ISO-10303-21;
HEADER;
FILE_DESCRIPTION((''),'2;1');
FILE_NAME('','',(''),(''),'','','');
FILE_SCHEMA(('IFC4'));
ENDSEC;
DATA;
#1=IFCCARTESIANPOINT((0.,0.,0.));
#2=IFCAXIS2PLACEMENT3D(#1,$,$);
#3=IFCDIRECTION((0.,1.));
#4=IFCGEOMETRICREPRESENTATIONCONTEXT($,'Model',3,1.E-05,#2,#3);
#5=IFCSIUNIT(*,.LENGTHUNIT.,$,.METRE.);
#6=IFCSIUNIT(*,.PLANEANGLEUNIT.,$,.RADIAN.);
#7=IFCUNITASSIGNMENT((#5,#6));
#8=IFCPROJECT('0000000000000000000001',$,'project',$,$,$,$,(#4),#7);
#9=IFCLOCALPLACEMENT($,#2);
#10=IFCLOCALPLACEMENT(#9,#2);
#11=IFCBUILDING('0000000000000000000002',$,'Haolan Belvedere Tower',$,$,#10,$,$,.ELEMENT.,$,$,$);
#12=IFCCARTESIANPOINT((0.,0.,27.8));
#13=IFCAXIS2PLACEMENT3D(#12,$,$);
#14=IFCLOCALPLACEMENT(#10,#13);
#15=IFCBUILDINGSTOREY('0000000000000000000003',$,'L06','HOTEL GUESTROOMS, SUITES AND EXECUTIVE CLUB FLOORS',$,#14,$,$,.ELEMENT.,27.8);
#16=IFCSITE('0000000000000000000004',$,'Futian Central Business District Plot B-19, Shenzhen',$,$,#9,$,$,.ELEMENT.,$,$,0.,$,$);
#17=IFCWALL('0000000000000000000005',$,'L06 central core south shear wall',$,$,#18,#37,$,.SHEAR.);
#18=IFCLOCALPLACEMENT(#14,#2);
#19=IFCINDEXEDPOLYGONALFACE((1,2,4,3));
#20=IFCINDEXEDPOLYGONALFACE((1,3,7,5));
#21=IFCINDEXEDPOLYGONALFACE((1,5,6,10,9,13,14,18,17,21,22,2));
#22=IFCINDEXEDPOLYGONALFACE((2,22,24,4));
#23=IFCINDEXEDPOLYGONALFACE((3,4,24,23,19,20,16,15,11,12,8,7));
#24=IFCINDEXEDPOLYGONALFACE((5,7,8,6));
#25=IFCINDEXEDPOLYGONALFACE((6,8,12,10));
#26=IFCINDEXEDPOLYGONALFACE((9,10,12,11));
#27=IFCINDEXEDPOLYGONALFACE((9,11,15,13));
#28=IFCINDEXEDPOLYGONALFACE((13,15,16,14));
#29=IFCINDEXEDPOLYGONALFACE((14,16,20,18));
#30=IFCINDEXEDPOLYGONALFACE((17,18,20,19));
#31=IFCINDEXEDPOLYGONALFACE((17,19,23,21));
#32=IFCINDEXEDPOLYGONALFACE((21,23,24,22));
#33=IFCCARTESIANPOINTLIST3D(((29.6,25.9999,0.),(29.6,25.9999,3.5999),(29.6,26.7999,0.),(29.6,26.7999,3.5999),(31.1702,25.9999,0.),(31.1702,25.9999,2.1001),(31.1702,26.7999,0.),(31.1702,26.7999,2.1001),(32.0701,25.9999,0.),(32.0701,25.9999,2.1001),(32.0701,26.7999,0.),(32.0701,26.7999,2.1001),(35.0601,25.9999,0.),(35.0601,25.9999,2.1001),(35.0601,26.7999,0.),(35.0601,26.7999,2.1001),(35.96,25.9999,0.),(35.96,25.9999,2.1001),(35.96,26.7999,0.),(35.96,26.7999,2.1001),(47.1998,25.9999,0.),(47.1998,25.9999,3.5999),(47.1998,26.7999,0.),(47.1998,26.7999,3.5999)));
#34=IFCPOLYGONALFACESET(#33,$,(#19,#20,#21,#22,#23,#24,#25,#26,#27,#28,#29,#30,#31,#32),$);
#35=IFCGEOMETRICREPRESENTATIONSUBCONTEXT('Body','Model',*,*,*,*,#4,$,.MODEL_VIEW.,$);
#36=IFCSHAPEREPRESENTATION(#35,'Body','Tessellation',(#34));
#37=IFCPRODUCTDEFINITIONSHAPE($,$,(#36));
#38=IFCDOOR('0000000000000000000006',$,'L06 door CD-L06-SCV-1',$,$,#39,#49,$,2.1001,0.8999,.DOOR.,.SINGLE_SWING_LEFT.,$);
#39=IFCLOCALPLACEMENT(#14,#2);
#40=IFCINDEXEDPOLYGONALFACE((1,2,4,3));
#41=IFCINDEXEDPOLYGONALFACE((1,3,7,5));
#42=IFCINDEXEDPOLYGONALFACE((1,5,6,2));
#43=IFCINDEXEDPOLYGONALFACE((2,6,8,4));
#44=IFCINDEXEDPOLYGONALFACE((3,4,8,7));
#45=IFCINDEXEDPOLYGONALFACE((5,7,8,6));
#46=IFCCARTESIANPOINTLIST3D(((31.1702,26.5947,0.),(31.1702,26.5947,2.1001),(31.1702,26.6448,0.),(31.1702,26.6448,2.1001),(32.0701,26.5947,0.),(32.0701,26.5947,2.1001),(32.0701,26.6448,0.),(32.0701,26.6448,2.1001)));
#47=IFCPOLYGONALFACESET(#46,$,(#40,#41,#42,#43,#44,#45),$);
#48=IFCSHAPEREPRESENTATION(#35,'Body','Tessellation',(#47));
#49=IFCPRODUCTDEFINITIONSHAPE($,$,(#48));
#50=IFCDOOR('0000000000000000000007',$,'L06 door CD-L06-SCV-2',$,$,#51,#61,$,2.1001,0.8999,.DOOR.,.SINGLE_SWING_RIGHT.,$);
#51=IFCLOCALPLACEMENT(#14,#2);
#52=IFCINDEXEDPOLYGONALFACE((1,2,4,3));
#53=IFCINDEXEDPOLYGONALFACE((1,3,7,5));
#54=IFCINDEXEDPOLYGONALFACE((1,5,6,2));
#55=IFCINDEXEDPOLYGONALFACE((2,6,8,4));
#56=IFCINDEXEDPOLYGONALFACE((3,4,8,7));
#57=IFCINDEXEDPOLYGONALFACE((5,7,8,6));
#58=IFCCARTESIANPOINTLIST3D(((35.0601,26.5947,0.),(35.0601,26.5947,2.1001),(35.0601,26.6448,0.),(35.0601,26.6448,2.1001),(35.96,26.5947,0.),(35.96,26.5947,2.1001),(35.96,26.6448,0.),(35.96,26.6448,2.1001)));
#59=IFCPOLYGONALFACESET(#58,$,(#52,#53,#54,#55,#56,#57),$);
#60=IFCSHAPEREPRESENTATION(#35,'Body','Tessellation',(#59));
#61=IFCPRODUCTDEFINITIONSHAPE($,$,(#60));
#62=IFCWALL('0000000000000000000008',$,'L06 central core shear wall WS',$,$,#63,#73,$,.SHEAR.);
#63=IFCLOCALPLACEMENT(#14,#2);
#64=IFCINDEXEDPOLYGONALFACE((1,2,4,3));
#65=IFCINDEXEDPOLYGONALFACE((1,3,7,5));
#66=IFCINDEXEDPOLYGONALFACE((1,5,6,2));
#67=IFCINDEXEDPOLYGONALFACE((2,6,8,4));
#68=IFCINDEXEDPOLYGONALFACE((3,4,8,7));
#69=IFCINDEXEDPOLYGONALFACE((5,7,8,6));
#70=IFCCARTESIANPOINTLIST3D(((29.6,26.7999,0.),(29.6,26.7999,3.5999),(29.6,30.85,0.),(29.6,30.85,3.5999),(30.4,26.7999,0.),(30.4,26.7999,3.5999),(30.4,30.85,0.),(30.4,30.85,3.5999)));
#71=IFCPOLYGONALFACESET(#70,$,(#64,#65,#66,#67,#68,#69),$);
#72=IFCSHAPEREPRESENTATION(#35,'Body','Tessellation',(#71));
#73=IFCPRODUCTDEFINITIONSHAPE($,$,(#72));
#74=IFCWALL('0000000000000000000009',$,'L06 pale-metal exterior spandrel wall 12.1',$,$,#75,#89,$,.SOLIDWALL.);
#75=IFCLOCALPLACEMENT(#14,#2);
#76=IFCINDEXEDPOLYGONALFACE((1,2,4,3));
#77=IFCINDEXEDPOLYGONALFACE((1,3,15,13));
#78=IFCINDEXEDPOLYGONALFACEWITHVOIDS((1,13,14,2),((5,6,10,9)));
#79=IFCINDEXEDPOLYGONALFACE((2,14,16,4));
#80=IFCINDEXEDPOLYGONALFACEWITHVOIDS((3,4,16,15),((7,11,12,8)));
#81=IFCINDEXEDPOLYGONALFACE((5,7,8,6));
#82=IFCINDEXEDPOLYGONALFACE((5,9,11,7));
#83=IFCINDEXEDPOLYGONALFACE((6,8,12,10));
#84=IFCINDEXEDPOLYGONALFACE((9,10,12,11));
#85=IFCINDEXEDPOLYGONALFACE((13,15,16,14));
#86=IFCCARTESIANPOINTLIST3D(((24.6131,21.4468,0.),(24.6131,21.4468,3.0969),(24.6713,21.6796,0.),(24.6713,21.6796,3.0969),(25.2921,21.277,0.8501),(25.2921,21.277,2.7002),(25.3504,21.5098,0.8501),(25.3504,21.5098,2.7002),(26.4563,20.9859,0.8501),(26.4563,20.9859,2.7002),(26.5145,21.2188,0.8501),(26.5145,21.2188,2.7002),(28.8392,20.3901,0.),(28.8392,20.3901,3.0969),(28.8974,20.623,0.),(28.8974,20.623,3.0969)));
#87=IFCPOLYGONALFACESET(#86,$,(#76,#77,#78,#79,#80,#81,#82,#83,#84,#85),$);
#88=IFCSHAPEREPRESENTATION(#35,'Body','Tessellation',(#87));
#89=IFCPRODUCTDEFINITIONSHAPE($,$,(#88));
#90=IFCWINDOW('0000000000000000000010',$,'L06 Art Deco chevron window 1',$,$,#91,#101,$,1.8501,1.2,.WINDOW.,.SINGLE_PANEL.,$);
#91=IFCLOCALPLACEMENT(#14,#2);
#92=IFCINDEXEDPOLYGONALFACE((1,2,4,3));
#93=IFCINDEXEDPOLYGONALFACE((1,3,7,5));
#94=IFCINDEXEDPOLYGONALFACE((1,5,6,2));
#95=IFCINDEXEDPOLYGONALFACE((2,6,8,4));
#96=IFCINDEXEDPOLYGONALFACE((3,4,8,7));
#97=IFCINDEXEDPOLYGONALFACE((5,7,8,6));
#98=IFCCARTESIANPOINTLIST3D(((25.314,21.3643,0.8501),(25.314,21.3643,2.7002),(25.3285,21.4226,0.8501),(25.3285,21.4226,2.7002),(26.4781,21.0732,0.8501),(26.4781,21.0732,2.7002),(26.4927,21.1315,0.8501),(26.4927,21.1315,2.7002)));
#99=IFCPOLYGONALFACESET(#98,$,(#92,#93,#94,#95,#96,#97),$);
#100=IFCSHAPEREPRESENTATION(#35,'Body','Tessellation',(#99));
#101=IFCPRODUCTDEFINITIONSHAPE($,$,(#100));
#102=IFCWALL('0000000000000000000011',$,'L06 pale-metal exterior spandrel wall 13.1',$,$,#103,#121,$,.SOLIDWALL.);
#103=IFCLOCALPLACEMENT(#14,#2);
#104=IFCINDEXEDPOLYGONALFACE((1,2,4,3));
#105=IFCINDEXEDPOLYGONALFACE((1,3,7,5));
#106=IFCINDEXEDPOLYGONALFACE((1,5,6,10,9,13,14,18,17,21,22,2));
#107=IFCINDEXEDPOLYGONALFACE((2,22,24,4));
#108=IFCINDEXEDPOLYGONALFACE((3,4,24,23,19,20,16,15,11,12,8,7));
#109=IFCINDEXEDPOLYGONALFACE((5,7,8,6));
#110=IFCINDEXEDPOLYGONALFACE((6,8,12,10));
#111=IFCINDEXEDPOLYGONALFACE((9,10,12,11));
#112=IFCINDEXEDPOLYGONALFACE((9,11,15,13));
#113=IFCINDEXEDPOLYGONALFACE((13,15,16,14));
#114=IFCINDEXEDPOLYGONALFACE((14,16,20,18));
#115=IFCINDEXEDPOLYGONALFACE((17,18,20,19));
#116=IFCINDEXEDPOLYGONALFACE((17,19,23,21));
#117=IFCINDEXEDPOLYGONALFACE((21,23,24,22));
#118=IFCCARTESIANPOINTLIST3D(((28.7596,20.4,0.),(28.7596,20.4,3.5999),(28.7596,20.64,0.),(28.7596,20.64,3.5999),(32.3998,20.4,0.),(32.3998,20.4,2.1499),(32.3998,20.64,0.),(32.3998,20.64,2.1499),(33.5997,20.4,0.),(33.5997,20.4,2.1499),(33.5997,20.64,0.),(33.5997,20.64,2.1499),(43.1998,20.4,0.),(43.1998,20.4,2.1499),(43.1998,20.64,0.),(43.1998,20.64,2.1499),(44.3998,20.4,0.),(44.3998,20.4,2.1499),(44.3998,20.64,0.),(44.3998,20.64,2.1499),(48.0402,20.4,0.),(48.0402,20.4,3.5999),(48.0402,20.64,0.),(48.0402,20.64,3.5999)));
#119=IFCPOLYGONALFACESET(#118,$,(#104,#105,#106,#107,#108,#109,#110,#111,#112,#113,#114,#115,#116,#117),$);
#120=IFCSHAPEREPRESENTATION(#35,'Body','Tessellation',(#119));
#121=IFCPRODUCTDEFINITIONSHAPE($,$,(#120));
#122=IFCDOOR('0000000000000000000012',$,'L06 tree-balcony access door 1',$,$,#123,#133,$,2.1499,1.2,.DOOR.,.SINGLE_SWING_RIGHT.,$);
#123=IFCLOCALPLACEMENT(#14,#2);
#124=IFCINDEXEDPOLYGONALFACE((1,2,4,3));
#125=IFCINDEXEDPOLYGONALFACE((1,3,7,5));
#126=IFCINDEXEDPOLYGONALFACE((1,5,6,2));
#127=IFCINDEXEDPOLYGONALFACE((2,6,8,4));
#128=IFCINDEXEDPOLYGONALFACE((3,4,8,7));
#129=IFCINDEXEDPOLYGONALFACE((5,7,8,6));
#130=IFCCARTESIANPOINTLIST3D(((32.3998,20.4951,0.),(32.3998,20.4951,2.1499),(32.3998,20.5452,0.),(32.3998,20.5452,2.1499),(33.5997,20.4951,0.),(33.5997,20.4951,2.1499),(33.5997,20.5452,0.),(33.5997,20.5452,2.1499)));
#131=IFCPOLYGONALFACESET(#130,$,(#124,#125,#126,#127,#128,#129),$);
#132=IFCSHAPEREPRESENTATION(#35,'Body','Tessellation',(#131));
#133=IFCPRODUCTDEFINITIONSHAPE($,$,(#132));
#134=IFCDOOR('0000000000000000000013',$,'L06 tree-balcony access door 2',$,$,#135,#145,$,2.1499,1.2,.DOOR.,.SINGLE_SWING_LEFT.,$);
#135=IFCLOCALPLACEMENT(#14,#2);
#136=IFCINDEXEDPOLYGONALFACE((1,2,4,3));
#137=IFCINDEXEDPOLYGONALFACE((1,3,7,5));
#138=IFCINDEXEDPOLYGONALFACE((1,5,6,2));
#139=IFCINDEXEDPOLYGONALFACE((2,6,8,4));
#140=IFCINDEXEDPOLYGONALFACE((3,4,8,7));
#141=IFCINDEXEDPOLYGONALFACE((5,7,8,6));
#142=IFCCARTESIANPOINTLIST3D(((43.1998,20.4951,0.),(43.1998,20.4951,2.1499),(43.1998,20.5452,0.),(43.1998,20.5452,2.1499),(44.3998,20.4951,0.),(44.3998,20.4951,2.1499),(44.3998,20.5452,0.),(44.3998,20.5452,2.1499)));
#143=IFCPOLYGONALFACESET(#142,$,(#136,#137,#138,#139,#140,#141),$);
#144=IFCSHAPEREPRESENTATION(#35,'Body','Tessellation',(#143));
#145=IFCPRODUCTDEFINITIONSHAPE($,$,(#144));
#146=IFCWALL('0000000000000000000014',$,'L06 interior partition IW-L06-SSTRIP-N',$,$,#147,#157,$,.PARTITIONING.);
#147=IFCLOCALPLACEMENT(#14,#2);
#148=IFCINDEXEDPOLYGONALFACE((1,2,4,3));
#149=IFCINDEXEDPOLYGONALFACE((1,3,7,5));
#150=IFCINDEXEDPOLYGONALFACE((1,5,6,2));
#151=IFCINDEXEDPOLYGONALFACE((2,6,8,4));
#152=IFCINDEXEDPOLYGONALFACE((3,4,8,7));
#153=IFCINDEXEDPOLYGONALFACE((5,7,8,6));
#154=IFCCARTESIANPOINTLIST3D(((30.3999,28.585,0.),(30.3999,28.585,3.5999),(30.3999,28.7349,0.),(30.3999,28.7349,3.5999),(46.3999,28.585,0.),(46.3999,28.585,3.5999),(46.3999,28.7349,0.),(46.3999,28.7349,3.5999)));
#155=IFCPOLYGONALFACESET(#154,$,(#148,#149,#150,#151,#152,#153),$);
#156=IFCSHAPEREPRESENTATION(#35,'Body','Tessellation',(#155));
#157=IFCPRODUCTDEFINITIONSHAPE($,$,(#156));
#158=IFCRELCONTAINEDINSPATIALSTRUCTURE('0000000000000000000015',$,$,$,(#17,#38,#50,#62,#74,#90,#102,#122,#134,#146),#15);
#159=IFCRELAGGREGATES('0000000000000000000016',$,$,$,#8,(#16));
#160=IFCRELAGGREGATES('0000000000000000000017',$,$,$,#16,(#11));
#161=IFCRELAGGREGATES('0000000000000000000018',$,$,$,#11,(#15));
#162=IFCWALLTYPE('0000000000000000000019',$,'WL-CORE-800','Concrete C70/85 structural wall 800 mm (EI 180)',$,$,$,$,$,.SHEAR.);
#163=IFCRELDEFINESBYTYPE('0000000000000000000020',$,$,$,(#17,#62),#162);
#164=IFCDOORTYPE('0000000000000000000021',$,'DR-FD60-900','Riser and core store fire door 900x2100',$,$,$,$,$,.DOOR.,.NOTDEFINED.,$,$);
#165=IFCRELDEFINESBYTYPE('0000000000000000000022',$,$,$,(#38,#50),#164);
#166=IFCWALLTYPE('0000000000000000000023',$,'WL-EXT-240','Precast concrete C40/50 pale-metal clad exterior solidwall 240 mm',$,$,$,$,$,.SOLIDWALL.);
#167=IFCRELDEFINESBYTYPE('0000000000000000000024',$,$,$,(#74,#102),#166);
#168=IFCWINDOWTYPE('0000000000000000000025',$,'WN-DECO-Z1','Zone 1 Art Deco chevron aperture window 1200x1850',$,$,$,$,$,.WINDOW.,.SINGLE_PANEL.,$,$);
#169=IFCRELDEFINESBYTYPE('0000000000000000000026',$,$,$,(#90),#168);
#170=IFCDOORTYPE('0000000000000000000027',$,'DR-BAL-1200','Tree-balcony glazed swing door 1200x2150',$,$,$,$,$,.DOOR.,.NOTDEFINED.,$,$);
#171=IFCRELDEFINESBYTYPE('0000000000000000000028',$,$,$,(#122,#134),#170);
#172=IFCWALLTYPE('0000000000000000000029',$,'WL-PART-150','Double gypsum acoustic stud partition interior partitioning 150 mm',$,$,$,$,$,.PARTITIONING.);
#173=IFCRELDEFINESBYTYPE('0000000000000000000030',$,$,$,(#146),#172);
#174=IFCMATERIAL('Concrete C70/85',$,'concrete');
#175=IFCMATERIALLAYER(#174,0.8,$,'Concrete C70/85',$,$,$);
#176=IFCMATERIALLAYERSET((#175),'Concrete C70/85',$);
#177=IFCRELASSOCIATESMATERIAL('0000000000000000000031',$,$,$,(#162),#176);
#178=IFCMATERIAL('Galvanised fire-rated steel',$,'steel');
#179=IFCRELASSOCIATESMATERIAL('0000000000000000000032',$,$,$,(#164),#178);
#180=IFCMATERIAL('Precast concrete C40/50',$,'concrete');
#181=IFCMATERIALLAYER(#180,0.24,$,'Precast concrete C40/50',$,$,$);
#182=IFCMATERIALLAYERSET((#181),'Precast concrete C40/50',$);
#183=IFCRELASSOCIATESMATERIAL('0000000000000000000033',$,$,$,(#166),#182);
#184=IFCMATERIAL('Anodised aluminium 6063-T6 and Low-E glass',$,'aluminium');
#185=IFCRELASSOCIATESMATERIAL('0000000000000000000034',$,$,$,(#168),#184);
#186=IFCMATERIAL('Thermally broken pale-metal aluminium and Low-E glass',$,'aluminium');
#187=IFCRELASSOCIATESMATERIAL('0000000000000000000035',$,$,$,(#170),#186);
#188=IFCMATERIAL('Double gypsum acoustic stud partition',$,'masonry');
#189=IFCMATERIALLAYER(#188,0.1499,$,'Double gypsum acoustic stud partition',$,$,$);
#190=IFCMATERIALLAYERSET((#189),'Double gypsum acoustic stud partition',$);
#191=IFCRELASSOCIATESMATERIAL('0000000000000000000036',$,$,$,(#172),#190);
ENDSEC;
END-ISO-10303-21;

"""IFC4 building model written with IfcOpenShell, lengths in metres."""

from ifc_helpers import new_model, si_unit, direction, frame, frame_2d, origin, place, context, subcontext, project, spatial, rectangle, extrude, material, layer, layer_set, type_object, element, fill, save


model = new_model("IFC4")

# Units and contexts
model_context = context("Model", 3, precision=1e-05, world=origin(), true_north=direction((0.0, 1.0)))
body_context = subcontext(model_context, "Body", "Model", "MODEL_VIEW")
ifc_project = project(units=[si_unit("LENGTHUNIT", "METRE"), si_unit("PLANEANGLEUNIT", "RADIAN")], contexts=[model_context])

# Site, building, storey
site_placement = place(None, origin())
site = spatial("IfcSite", under=ifc_project, at=site_placement, Name="Futian Central Business District Plot B-19, Shenzhen", CompositionType="ELEMENT", RefElevation=0.0)
building_placement = place(site_placement, origin())
building = spatial("IfcBuilding", under=site, at=building_placement, Name="Haolan Belvedere Tower", CompositionType="ELEMENT")
storey_placement = place(building_placement, frame((0.0, 0.0, 27.8)))
storey = spatial("IfcBuildingStorey", under=building, at=storey_placement, Name="L06", Description="HOTEL GUESTROOMS, SUITES AND EXECUTIVE CLUB FLOORS", CompositionType="ELEMENT", Elevation=27.8)

# Wall, openings, doors
ifc_material_1 = material(Name="Concrete C70/85", Category="concrete")
ifc_layer_1 = layer(ifc_material_1, 0.8, Name="Concrete C70/85")
ifc_layer_set_1 = layer_set([ifc_layer_1], Name="Concrete C70/85")
wall_type_1 = type_object("IfcWallType", Name="WL-CORE-800", Description="Concrete C70/85 structural wall 800 mm (EI 180)", PredefinedType="SHEAR", material=ifc_layer_set_1)
wall_1_placement = place(storey_placement, frame((29.6001, 26.3999, 0.0), z_axis=(0.0, 0.0, 1.0), x_axis=(1.0, 0.0, 0.0)))
wall_1 = element("IfcWall", 1, at=wall_1_placement, inside=storey, type_object=wall_type_1, Name="L06 central core south shear wall", PredefinedType="SHEAR", context=body_context, shape_type="SweptSolid", body=[
    extrude(rectangle(XDim=17.5999, YDim=0.8, at=frame_2d((8.7998, 0.0))), origin(), (0.0, 0.0, 1.0), 3.5999),
])
opening_1_placement = place(wall_1_placement, frame((2.47, 0.0, 0.0), z_axis=(0.0, 0.0, 1.0), x_axis=(-1.0, 0.0, 0.0)))
opening_1 = element("IfcOpeningElement", 2, at=opening_1_placement, cuts=wall_1, PredefinedType="OPENING", context=body_context, shape_type="SweptSolid", body=[
    extrude(rectangle(XDim=0.8999, YDim=2.1001, at=frame_2d((0.45, 1.05))), frame((0.0, 0.4099, 0.0), z_axis=(0.0, -1.0, 0.0), x_axis=(1.0, 0.0, 0.0)), (0.0, 0.0, 1.0), 0.8201),
])
opening_2_placement = place(wall_1_placement, frame((6.3599, 0.0, 0.0), z_axis=(0.0, 0.0, 1.0), x_axis=(-1.0, 0.0, 0.0)))
opening_2 = element("IfcOpeningElement", 3, at=opening_2_placement, cuts=wall_1, PredefinedType="OPENING", context=body_context, shape_type="SweptSolid", body=[
    extrude(rectangle(XDim=0.8999, YDim=2.1001, at=frame_2d((0.45, 1.05))), frame((0.0, 0.4099, 0.0), z_axis=(0.0, -1.0, 0.0), x_axis=(1.0, 0.0, 0.0)), (0.0, 0.0, 1.0), 0.8201),
])
ifc_material_2 = material(Name="Galvanised fire-rated steel", Category="steel")
door_type_1 = type_object("IfcDoorType", Name="DR-FD60-900", Description="Riser and core store fire door 900x2100", OperationType="NOTDEFINED", PredefinedType="DOOR", material=ifc_material_2)
door_1_placement = place(opening_1_placement, origin())
door_1 = element("IfcDoor", 4, at=door_1_placement, inside=storey, type_object=door_type_1, Name="L06 door CD-L06-SCV-1", OperationType="SINGLE_SWING_LEFT", OverallHeight=2.1001, OverallWidth=0.8999, PredefinedType="DOOR", context=body_context, shape_type="SweptSolid", body=[
    extrude(rectangle(XDim=0.8999, YDim=2.1001, at=frame_2d((0.45, 1.05))), frame((0.0, -0.1948, 0.0), z_axis=(0.0, -1.0, 0.0), x_axis=(1.0, 0.0, 0.0)), (0.0, 0.0, 1.0), 0.05),
])
fill(opening_1, door_1)
door_2_placement = place(opening_2_placement, origin())
door_2 = element("IfcDoor", 5, at=door_2_placement, inside=storey, type_object=door_type_1, Name="L06 door CD-L06-SCV-2", OperationType="SINGLE_SWING_RIGHT", OverallHeight=2.1001, OverallWidth=0.8999, PredefinedType="DOOR", context=body_context, shape_type="SweptSolid", body=[
    extrude(rectangle(XDim=0.8999, YDim=2.1001, at=frame_2d((0.45, 1.05))), frame((0.0, -0.1948, 0.0), z_axis=(0.0, -1.0, 0.0), x_axis=(1.0, 0.0, 0.0)), (0.0, 0.0, 1.0), 0.05),
])
fill(opening_2, door_2)

# Wall
wall_2_placement = place(storey_placement, frame((30.0, 26.8, 0.0), z_axis=(0.0, 0.0, 1.0), x_axis=(0.0, 1.0, 0.0)))
element("IfcWall", 6, at=wall_2_placement, inside=storey, type_object=wall_type_1, Name="L06 central core shear wall WS", PredefinedType="SHEAR", context=body_context, shape_type="SweptSolid", body=[
    extrude(rectangle(XDim=4.05, YDim=0.8, at=frame_2d((2.0249, 0.0))), origin(), (0.0, 0.0, 1.0), 3.5999),
])

# Wall, opening, window
ifc_material_3 = material(Name="Precast concrete C40/50", Category="concrete")
ifc_layer_2 = layer(ifc_material_3, 0.24, Name="Precast concrete C40/50")
ifc_layer_set_2 = layer_set([ifc_layer_2], Name="Precast concrete C40/50")
wall_type_2 = type_object("IfcWallType", Name="WL-EXT-240", Description="Precast concrete C40/50 pale-metal clad exterior solidwall 240 mm", PredefinedType="SOLIDWALL", material=ifc_layer_set_2)
wall_3_placement = place(storey_placement, frame((24.6421, 21.5632, 0.0), z_axis=(0.0, 0.0, 1.0), x_axis=(0.970136, -0.242562, 0.0)))
wall_3 = element("IfcWall", 7, at=wall_3_placement, inside=storey, type_object=wall_type_2, Name="L06 pale-metal exterior spandrel wall 12.1", PredefinedType="SOLIDWALL", context=body_context, shape_type="SweptSolid", body=[
    extrude(rectangle(XDim=4.3562, YDim=0.24, at=frame_2d((2.1782, 0.0))), origin(), (0.0, 0.0, 1.0), 3.0969),
])
opening_3_placement = place(wall_3_placement, frame((0.7, 0.0, 0.8501)))
opening_3 = element("IfcOpeningElement", 8, at=opening_3_placement, cuts=wall_3, PredefinedType="OPENING", context=body_context, shape_type="SweptSolid", body=[
    extrude(rectangle(XDim=1.2, YDim=1.8501, at=frame_2d((0.6001, 0.925))), frame((0.0, 0.1299, 0.0), z_axis=(0.0, -1.0, 0.0), x_axis=(1.0, 0.0, 0.0)), (0.0, 0.0, 1.0), 0.26),
])
ifc_material_4 = material(Name="Anodised aluminium 6063-T6 and Low-E glass", Category="aluminium")
window_type = type_object("IfcWindowType", Name="WN-DECO-Z1", Description="Zone 1 Art Deco chevron aperture window 1200x1850", PartitioningType="SINGLE_PANEL", PredefinedType="WINDOW", material=ifc_material_4)
window_placement = place(opening_3_placement, origin())
window = element("IfcWindow", 9, at=window_placement, inside=storey, type_object=window_type, Name="L06 Art Deco chevron window 1", OverallHeight=1.8501, OverallWidth=1.2, PartitioningType="SINGLE_PANEL", PredefinedType="WINDOW", context=body_context, shape_type="SweptSolid", body=[
    extrude(rectangle(XDim=1.2, YDim=1.8501, at=frame_2d((0.6001, 0.925))), frame((0.0, 0.03, 0.0), z_axis=(0.0, -1.0, 0.0), x_axis=(1.0, 0.0, 0.0)), (0.0, 0.0, 1.0), 0.0601),
])
fill(opening_3, window)

# Wall, openings, doors
wall_4_placement = place(storey_placement, frame((28.7598, 20.52, 0.0), z_axis=(0.0, 0.0, 1.0), x_axis=(1.0, 0.0, 0.0)))
wall_4 = element("IfcWall", 10, at=wall_4_placement, inside=storey, type_object=wall_type_2, Name="L06 pale-metal exterior spandrel wall 13.1", PredefinedType="SOLIDWALL", context=body_context, shape_type="SweptSolid", body=[
    extrude(rectangle(XDim=19.2805, YDim=0.24, at=frame_2d((9.6401, 0.0))), origin(), (0.0, 0.0, 1.0), 3.5999),
])
opening_4_placement = place(wall_4_placement, frame((4.8401, 0.0, 0.0), z_axis=(0.0, 0.0, 1.0), x_axis=(-1.0, 0.0, 0.0)))
opening_4 = element("IfcOpeningElement", 11, at=opening_4_placement, cuts=wall_4, PredefinedType="OPENING", context=body_context, shape_type="SweptSolid", body=[
    extrude(rectangle(XDim=1.2, YDim=2.1499, at=frame_2d((0.6001, 1.075))), frame((0.0, 0.1299, 0.0), z_axis=(0.0, -1.0, 0.0), x_axis=(1.0, 0.0, 0.0)), (0.0, 0.0, 1.0), 0.26),
])
opening_5_placement = place(wall_4_placement, frame((15.6401, 0.0, 0.0), z_axis=(0.0, 0.0, 1.0), x_axis=(-1.0, 0.0, 0.0)))
opening_5 = element("IfcOpeningElement", 12, at=opening_5_placement, cuts=wall_4, PredefinedType="OPENING", context=body_context, shape_type="SweptSolid", body=[
    extrude(rectangle(XDim=1.2, YDim=2.1499, at=frame_2d((0.6001, 1.075))), frame((0.0, 0.1299, 0.0), z_axis=(0.0, -1.0, 0.0), x_axis=(1.0, 0.0, 0.0)), (0.0, 0.0, 1.0), 0.26),
])
ifc_material_5 = material(Name="Thermally broken pale-metal aluminium and Low-E glass", Category="aluminium")
door_type_2 = type_object("IfcDoorType", Name="DR-BAL-1200", Description="Tree-balcony glazed swing door 1200x2150", OperationType="NOTDEFINED", PredefinedType="DOOR", material=ifc_material_5)
door_3_placement = place(opening_4_placement, origin())
door_3 = element("IfcDoor", 13, at=door_3_placement, inside=storey, type_object=door_type_2, Name="L06 tree-balcony access door 1", OperationType="SINGLE_SWING_RIGHT", OverallHeight=2.1499, OverallWidth=1.2, PredefinedType="DOOR", context=body_context, shape_type="SweptSolid", body=[
    extrude(rectangle(XDim=1.2, YDim=2.1499, at=frame_2d((0.6001, 1.075))), frame((0.0, 0.0249, 0.0), z_axis=(0.0, -1.0, 0.0), x_axis=(1.0, 0.0, 0.0)), (0.0, 0.0, 1.0), 0.05),
])
fill(opening_4, door_3)
door_4_placement = place(opening_5_placement, origin())
door_4 = element("IfcDoor", 14, at=door_4_placement, inside=storey, type_object=door_type_2, Name="L06 tree-balcony access door 2", OperationType="SINGLE_SWING_LEFT", OverallHeight=2.1499, OverallWidth=1.2, PredefinedType="DOOR", context=body_context, shape_type="SweptSolid", body=[
    extrude(rectangle(XDim=1.2, YDim=2.1499, at=frame_2d((0.6001, 1.075))), frame((0.0, 0.0249, 0.0), z_axis=(0.0, -1.0, 0.0), x_axis=(1.0, 0.0, 0.0)), (0.0, 0.0, 1.0), 0.05),
])
fill(opening_5, door_4)

# Wall
ifc_material_6 = material(Name="Double gypsum acoustic stud partition", Category="masonry")
ifc_layer_3 = layer(ifc_material_6, 0.1499, Name="Double gypsum acoustic stud partition")
ifc_layer_set_3 = layer_set([ifc_layer_3], Name="Double gypsum acoustic stud partition")
wall_type_3 = type_object("IfcWallType", Name="WL-PART-150", Description="Double gypsum acoustic stud partition interior partitioning 150 mm", PredefinedType="PARTITIONING", material=ifc_layer_set_3)
wall_5_placement = place(storey_placement, frame((30.3999, 28.6599, 0.0), z_axis=(0.0, 0.0, 1.0), x_axis=(1.0, 0.0, 0.0)))
element("IfcWall", 15, at=wall_5_placement, inside=storey, type_object=wall_type_3, Name="L06 interior partition IW-L06-SSTRIP-N", PredefinedType="PARTITIONING", context=body_context, shape_type="SweptSolid", body=[
    extrude(rectangle(XDim=16.0, YDim=0.1499, at=frame_2d((8.0, 0.0))), origin(), (0.0, 0.0, 1.0), 3.5999),
])

save(model, "model.ifc")
